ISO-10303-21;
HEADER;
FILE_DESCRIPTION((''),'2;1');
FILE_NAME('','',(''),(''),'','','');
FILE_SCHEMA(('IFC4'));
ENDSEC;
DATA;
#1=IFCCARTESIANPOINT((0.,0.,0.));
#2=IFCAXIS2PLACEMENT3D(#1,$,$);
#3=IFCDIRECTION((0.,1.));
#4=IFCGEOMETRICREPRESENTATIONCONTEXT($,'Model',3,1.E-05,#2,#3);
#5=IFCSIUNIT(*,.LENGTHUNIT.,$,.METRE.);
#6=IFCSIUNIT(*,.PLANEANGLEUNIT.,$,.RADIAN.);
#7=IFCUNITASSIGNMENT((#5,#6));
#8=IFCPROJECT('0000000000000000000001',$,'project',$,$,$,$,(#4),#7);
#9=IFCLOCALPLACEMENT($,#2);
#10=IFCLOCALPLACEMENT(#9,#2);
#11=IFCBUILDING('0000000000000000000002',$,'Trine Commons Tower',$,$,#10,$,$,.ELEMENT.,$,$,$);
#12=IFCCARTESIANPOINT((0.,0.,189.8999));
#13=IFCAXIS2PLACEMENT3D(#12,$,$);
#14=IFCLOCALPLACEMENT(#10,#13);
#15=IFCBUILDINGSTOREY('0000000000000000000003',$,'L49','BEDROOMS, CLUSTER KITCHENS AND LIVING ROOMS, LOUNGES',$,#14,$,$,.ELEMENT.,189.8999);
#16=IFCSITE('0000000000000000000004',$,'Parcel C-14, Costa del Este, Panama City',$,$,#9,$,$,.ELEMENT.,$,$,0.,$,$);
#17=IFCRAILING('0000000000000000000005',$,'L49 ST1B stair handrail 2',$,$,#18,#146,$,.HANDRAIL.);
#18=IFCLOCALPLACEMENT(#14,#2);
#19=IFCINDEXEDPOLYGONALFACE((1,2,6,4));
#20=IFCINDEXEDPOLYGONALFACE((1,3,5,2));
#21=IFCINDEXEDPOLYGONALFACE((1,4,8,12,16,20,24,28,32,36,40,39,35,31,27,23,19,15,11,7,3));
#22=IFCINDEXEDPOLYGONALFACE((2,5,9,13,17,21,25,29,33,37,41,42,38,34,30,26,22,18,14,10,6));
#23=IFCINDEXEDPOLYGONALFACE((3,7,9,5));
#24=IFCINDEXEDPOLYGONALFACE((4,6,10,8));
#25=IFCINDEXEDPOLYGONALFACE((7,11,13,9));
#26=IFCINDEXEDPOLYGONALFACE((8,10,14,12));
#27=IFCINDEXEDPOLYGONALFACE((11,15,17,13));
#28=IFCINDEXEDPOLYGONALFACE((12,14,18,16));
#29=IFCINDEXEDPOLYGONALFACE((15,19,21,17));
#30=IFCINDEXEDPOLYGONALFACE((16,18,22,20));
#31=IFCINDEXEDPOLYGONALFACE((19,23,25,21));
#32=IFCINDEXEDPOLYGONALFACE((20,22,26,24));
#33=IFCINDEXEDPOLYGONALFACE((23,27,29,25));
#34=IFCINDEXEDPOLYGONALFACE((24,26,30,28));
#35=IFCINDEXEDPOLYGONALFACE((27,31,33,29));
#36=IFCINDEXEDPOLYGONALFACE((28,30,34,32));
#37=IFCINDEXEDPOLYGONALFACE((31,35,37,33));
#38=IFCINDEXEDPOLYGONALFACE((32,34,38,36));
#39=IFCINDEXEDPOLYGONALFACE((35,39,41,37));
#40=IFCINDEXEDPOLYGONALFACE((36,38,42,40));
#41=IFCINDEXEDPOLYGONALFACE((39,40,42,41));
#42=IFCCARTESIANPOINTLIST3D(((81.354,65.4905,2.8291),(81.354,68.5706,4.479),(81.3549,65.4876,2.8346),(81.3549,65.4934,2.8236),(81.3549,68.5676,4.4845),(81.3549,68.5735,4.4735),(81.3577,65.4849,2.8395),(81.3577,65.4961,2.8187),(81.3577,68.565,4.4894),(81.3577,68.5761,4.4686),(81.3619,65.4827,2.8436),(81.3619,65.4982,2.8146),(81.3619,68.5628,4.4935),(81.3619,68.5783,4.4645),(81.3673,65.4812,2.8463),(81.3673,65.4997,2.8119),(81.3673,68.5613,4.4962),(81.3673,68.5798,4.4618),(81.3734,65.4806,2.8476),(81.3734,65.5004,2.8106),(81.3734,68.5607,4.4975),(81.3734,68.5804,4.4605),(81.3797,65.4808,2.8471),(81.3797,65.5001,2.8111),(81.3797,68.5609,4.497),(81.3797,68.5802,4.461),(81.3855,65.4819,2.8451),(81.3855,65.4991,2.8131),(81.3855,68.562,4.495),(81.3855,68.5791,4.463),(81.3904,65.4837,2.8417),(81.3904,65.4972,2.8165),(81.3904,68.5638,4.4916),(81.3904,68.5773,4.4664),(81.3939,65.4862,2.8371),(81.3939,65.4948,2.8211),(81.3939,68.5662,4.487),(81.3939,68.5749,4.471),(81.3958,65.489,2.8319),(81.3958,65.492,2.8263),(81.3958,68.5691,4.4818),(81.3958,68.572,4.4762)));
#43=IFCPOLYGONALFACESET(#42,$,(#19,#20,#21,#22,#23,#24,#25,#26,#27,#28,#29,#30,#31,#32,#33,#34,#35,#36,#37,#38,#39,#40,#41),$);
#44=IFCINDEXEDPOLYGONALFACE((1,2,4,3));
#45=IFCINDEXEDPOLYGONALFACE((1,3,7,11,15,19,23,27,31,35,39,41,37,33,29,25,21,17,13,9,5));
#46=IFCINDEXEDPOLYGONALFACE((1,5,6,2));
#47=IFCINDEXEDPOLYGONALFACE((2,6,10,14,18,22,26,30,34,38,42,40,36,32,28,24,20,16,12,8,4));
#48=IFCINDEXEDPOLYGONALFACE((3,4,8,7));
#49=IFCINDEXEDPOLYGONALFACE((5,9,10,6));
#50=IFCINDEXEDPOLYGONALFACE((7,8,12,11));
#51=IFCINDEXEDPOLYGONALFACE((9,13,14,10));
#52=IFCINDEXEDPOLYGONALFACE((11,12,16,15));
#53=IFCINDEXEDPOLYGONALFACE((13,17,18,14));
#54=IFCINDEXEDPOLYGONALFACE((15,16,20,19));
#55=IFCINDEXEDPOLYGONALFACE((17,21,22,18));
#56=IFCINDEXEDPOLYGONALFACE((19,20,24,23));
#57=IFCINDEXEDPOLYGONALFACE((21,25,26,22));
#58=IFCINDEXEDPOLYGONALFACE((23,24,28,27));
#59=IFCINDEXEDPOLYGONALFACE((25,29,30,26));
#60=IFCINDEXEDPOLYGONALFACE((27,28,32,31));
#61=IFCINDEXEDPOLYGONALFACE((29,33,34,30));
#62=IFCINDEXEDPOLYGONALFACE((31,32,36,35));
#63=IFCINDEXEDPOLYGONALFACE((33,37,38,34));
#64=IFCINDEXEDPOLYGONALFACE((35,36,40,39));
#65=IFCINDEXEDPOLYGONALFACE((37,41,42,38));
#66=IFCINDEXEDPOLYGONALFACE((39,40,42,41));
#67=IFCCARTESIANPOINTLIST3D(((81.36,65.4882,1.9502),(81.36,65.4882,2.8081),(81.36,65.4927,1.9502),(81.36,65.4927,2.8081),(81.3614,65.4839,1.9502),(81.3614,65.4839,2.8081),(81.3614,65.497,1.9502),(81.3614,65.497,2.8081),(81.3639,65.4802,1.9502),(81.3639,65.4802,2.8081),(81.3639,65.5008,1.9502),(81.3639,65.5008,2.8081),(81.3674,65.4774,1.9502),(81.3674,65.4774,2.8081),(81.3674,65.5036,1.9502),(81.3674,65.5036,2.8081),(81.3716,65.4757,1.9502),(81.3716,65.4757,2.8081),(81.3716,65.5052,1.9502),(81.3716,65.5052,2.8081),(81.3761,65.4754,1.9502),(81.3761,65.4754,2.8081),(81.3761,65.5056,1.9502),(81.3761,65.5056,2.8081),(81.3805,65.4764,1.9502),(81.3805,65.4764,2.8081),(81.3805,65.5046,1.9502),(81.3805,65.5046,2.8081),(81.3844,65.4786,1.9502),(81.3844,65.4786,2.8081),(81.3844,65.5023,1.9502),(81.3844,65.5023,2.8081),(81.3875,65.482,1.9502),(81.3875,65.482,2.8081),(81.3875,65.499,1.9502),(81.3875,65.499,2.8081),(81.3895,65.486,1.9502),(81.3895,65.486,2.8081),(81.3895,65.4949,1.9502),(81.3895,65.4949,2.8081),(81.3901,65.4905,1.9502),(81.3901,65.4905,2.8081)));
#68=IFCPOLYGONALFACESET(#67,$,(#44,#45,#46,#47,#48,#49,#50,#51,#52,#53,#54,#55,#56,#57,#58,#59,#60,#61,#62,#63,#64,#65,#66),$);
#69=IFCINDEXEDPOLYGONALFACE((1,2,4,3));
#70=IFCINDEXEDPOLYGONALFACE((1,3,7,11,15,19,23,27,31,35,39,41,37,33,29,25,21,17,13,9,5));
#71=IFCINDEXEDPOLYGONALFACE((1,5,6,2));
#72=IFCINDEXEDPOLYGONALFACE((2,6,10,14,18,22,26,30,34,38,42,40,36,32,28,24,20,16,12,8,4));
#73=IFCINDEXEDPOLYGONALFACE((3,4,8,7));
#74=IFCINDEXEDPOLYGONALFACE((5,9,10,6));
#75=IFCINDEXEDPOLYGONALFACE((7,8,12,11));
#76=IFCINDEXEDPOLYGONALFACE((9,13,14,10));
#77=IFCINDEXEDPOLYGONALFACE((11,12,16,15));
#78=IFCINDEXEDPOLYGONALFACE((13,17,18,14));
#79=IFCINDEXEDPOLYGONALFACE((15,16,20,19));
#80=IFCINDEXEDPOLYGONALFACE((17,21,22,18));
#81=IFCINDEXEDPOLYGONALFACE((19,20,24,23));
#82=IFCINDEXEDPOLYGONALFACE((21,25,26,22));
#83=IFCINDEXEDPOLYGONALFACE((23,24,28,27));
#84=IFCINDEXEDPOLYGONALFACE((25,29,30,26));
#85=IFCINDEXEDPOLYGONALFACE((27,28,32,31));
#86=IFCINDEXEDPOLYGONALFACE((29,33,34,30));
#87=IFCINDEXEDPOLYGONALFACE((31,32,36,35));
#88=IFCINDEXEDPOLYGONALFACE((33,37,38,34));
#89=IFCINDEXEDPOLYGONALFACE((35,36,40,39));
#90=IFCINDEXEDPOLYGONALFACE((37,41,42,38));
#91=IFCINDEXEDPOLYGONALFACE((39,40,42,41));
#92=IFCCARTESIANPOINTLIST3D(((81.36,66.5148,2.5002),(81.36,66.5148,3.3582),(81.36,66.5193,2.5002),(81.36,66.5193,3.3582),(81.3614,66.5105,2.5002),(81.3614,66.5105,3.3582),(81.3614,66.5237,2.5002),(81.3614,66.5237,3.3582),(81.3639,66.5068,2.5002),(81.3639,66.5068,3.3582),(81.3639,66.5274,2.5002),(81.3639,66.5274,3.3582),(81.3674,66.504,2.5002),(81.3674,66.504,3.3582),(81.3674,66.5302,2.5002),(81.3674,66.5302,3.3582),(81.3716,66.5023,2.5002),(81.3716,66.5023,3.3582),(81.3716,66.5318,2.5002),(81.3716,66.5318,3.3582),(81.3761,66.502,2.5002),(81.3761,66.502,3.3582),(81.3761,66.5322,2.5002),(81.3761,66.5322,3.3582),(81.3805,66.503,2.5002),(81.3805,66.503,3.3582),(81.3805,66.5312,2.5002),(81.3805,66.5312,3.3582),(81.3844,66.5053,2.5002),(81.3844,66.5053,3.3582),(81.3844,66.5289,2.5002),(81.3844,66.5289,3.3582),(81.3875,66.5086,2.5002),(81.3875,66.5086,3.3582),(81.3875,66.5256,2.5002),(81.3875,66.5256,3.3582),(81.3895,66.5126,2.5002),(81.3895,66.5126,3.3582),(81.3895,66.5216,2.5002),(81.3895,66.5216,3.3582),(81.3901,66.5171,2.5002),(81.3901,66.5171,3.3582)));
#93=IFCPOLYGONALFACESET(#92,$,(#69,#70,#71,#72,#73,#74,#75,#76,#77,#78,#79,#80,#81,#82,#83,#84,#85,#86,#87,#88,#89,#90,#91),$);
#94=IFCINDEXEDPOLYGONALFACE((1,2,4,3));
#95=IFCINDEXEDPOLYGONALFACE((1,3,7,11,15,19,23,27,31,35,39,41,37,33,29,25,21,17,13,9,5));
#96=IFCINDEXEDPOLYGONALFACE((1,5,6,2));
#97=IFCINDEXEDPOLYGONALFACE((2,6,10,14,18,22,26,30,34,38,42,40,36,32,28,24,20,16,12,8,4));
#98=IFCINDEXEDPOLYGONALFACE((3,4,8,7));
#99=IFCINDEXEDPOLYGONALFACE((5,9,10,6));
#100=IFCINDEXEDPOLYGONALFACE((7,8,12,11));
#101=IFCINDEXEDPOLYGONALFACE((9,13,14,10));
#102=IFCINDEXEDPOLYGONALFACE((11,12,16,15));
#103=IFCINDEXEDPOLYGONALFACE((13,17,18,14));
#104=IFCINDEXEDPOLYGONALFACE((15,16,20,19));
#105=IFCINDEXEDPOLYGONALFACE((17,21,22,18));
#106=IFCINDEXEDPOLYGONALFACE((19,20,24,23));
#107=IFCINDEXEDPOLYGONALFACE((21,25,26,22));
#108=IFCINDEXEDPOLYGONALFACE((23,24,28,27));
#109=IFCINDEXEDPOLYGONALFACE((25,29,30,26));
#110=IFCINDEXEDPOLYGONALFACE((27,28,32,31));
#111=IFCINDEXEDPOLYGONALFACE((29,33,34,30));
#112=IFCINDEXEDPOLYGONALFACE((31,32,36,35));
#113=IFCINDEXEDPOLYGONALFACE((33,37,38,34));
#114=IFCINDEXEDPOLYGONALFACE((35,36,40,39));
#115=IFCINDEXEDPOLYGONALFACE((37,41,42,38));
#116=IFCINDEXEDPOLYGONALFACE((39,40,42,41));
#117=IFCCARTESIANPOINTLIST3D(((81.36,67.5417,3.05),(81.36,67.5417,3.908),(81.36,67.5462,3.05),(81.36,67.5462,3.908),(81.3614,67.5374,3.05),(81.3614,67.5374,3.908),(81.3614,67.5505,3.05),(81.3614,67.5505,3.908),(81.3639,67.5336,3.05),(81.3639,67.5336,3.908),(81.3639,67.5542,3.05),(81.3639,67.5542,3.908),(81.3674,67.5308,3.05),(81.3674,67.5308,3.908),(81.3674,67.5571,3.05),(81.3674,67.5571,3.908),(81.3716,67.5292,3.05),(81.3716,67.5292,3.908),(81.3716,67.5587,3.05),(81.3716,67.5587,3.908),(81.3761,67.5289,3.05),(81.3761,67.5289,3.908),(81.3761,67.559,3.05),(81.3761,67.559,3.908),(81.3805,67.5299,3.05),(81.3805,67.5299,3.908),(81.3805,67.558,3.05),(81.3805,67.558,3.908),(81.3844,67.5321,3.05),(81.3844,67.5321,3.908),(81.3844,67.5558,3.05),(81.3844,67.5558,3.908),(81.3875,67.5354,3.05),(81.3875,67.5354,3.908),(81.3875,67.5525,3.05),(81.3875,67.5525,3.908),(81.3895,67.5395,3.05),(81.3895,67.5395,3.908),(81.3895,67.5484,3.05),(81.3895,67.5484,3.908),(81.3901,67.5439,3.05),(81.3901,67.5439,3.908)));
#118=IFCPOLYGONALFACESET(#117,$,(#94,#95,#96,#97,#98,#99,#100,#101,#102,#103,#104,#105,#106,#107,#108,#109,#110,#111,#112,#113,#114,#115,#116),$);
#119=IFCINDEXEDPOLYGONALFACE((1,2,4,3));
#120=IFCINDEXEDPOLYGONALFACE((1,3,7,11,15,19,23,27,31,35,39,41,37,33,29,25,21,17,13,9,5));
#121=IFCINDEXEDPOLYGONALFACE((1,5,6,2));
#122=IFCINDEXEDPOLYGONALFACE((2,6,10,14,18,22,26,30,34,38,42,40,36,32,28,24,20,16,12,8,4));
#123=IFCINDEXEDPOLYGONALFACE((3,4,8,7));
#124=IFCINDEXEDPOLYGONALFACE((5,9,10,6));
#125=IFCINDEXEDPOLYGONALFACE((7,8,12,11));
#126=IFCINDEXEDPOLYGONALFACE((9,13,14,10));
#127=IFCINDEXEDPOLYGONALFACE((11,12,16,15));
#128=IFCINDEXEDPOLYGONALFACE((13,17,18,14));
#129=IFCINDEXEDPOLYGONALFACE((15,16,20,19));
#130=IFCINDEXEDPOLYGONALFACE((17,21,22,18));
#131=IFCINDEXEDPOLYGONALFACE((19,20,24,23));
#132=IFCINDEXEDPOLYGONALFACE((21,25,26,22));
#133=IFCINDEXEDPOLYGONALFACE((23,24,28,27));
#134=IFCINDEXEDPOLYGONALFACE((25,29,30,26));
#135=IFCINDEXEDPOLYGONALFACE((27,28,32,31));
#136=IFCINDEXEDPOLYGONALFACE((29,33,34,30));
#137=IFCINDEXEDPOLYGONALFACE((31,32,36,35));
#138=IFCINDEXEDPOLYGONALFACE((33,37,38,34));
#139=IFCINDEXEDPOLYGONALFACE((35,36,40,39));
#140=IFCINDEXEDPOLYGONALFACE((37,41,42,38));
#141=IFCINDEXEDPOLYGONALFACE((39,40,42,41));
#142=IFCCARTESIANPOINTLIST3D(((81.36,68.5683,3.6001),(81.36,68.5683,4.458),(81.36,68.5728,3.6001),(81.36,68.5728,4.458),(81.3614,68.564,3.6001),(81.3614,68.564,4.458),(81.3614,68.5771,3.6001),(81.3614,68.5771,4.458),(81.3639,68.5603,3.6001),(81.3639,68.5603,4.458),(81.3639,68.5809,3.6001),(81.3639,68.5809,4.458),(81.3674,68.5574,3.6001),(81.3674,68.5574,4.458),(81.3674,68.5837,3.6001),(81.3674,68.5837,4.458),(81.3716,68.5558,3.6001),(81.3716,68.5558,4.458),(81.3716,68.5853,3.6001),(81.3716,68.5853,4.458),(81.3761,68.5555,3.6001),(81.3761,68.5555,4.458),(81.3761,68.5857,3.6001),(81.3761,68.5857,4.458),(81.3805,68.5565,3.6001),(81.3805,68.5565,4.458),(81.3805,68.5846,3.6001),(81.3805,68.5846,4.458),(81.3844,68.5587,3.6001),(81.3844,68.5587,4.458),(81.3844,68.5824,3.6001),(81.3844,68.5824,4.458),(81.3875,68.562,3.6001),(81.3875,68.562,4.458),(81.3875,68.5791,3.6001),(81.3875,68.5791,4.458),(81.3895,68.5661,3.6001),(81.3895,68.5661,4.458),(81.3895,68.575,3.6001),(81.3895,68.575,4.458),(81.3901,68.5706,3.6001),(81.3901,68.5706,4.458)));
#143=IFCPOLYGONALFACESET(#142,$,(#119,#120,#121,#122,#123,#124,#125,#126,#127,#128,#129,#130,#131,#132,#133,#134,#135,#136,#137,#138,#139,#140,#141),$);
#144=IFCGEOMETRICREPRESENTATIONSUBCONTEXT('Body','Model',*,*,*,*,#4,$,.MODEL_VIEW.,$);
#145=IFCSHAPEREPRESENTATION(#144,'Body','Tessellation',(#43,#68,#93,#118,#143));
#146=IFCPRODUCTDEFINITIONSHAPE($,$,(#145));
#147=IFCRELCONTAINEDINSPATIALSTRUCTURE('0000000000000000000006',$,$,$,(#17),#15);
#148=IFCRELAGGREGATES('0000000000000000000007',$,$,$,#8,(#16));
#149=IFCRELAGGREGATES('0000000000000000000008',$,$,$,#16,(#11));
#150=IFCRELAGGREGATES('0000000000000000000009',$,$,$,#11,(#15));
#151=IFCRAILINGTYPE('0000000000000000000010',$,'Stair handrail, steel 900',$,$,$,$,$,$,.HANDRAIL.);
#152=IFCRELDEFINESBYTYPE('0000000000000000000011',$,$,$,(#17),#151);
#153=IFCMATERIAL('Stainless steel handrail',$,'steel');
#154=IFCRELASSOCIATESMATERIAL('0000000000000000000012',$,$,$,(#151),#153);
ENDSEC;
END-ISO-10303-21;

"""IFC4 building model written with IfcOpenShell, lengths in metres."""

from ifc_helpers import new_model, si_unit, direction, frame, origin, origin_2d, place, context, subcontext, project, spatial, circle, extrude, material, type_object, element, save


model = new_model("IFC4")

# Units and contexts
model_context = context("Model", 3, precision=1e-05, world=origin(), true_north=direction((0.0, 1.0)))
body_context = subcontext(model_context, "Body", "Model", "MODEL_VIEW")
ifc_project = project(units=[si_unit("LENGTHUNIT", "METRE"), si_unit("PLANEANGLEUNIT", "RADIAN")], contexts=[model_context])

# Site, building, storey
site_placement = place(None, origin())
site = spatial("IfcSite", under=ifc_project, at=site_placement, Name="Parcel C-14, Costa del Este, Panama City", CompositionType="ELEMENT", RefElevation=0.0)
building_placement = place(site_placement, origin())
building = spatial("IfcBuilding", under=site, at=building_placement, Name="Trine Commons Tower", CompositionType="ELEMENT")
storey_placement = place(building_placement, frame((0.0, 0.0, 189.8999)))
storey = spatial("IfcBuildingStorey", under=building, at=storey_placement, Name="L49", Description="BEDROOMS, CLUSTER KITCHENS AND LIVING ROOMS, LOUNGES", CompositionType="ELEMENT", Elevation=189.8999)

# Railing
ifc_material_1 = material(Name="Stainless steel handrail", Category="steel")
railing_type_1 = type_object("IfcRailingType", Name="Stair handrail, steel 900", PredefinedType="HANDRAIL", material=ifc_material_1)
railing_1_placement = place(storey_placement, frame((81.375, 65.4905, 1.9502)))
element("IfcRailing", 1, at=railing_1_placement, inside=storey, type_object=railing_type_1, Name="L49 ST1B stair handrail 2", PredefinedType="HANDRAIL", context=body_context, shape_type="SweptSolid", body=[
    extrude(circle(Radius=0.021, at=origin_2d()), frame((0.0, 0.0, 0.8789), z_axis=(0.0, 0.881497, 0.47219), x_axis=(-1.0, 0.0, 0.0)), (0.0, 0.0, 1.0), 3.4941),
    extrude(circle(Radius=0.0151, at=origin_2d()), origin(), (0.0, 0.0, 1.0), 0.8579),
    extrude(circle(Radius=0.0151, at=origin_2d()), frame((0.0, 1.0266, 0.55)), (0.0, 0.0, 1.0), 0.8579),
    extrude(circle(Radius=0.0151, at=origin_2d()), frame((0.0, 2.0535, 1.0999)), (0.0, 0.0, 1.0), 0.8579),
    extrude(circle(Radius=0.0151, at=origin_2d()), frame((0.0, 3.0801, 1.6499)), (0.0, 0.0, 1.0), 0.8579),
])

save(model, "model.ifc")
